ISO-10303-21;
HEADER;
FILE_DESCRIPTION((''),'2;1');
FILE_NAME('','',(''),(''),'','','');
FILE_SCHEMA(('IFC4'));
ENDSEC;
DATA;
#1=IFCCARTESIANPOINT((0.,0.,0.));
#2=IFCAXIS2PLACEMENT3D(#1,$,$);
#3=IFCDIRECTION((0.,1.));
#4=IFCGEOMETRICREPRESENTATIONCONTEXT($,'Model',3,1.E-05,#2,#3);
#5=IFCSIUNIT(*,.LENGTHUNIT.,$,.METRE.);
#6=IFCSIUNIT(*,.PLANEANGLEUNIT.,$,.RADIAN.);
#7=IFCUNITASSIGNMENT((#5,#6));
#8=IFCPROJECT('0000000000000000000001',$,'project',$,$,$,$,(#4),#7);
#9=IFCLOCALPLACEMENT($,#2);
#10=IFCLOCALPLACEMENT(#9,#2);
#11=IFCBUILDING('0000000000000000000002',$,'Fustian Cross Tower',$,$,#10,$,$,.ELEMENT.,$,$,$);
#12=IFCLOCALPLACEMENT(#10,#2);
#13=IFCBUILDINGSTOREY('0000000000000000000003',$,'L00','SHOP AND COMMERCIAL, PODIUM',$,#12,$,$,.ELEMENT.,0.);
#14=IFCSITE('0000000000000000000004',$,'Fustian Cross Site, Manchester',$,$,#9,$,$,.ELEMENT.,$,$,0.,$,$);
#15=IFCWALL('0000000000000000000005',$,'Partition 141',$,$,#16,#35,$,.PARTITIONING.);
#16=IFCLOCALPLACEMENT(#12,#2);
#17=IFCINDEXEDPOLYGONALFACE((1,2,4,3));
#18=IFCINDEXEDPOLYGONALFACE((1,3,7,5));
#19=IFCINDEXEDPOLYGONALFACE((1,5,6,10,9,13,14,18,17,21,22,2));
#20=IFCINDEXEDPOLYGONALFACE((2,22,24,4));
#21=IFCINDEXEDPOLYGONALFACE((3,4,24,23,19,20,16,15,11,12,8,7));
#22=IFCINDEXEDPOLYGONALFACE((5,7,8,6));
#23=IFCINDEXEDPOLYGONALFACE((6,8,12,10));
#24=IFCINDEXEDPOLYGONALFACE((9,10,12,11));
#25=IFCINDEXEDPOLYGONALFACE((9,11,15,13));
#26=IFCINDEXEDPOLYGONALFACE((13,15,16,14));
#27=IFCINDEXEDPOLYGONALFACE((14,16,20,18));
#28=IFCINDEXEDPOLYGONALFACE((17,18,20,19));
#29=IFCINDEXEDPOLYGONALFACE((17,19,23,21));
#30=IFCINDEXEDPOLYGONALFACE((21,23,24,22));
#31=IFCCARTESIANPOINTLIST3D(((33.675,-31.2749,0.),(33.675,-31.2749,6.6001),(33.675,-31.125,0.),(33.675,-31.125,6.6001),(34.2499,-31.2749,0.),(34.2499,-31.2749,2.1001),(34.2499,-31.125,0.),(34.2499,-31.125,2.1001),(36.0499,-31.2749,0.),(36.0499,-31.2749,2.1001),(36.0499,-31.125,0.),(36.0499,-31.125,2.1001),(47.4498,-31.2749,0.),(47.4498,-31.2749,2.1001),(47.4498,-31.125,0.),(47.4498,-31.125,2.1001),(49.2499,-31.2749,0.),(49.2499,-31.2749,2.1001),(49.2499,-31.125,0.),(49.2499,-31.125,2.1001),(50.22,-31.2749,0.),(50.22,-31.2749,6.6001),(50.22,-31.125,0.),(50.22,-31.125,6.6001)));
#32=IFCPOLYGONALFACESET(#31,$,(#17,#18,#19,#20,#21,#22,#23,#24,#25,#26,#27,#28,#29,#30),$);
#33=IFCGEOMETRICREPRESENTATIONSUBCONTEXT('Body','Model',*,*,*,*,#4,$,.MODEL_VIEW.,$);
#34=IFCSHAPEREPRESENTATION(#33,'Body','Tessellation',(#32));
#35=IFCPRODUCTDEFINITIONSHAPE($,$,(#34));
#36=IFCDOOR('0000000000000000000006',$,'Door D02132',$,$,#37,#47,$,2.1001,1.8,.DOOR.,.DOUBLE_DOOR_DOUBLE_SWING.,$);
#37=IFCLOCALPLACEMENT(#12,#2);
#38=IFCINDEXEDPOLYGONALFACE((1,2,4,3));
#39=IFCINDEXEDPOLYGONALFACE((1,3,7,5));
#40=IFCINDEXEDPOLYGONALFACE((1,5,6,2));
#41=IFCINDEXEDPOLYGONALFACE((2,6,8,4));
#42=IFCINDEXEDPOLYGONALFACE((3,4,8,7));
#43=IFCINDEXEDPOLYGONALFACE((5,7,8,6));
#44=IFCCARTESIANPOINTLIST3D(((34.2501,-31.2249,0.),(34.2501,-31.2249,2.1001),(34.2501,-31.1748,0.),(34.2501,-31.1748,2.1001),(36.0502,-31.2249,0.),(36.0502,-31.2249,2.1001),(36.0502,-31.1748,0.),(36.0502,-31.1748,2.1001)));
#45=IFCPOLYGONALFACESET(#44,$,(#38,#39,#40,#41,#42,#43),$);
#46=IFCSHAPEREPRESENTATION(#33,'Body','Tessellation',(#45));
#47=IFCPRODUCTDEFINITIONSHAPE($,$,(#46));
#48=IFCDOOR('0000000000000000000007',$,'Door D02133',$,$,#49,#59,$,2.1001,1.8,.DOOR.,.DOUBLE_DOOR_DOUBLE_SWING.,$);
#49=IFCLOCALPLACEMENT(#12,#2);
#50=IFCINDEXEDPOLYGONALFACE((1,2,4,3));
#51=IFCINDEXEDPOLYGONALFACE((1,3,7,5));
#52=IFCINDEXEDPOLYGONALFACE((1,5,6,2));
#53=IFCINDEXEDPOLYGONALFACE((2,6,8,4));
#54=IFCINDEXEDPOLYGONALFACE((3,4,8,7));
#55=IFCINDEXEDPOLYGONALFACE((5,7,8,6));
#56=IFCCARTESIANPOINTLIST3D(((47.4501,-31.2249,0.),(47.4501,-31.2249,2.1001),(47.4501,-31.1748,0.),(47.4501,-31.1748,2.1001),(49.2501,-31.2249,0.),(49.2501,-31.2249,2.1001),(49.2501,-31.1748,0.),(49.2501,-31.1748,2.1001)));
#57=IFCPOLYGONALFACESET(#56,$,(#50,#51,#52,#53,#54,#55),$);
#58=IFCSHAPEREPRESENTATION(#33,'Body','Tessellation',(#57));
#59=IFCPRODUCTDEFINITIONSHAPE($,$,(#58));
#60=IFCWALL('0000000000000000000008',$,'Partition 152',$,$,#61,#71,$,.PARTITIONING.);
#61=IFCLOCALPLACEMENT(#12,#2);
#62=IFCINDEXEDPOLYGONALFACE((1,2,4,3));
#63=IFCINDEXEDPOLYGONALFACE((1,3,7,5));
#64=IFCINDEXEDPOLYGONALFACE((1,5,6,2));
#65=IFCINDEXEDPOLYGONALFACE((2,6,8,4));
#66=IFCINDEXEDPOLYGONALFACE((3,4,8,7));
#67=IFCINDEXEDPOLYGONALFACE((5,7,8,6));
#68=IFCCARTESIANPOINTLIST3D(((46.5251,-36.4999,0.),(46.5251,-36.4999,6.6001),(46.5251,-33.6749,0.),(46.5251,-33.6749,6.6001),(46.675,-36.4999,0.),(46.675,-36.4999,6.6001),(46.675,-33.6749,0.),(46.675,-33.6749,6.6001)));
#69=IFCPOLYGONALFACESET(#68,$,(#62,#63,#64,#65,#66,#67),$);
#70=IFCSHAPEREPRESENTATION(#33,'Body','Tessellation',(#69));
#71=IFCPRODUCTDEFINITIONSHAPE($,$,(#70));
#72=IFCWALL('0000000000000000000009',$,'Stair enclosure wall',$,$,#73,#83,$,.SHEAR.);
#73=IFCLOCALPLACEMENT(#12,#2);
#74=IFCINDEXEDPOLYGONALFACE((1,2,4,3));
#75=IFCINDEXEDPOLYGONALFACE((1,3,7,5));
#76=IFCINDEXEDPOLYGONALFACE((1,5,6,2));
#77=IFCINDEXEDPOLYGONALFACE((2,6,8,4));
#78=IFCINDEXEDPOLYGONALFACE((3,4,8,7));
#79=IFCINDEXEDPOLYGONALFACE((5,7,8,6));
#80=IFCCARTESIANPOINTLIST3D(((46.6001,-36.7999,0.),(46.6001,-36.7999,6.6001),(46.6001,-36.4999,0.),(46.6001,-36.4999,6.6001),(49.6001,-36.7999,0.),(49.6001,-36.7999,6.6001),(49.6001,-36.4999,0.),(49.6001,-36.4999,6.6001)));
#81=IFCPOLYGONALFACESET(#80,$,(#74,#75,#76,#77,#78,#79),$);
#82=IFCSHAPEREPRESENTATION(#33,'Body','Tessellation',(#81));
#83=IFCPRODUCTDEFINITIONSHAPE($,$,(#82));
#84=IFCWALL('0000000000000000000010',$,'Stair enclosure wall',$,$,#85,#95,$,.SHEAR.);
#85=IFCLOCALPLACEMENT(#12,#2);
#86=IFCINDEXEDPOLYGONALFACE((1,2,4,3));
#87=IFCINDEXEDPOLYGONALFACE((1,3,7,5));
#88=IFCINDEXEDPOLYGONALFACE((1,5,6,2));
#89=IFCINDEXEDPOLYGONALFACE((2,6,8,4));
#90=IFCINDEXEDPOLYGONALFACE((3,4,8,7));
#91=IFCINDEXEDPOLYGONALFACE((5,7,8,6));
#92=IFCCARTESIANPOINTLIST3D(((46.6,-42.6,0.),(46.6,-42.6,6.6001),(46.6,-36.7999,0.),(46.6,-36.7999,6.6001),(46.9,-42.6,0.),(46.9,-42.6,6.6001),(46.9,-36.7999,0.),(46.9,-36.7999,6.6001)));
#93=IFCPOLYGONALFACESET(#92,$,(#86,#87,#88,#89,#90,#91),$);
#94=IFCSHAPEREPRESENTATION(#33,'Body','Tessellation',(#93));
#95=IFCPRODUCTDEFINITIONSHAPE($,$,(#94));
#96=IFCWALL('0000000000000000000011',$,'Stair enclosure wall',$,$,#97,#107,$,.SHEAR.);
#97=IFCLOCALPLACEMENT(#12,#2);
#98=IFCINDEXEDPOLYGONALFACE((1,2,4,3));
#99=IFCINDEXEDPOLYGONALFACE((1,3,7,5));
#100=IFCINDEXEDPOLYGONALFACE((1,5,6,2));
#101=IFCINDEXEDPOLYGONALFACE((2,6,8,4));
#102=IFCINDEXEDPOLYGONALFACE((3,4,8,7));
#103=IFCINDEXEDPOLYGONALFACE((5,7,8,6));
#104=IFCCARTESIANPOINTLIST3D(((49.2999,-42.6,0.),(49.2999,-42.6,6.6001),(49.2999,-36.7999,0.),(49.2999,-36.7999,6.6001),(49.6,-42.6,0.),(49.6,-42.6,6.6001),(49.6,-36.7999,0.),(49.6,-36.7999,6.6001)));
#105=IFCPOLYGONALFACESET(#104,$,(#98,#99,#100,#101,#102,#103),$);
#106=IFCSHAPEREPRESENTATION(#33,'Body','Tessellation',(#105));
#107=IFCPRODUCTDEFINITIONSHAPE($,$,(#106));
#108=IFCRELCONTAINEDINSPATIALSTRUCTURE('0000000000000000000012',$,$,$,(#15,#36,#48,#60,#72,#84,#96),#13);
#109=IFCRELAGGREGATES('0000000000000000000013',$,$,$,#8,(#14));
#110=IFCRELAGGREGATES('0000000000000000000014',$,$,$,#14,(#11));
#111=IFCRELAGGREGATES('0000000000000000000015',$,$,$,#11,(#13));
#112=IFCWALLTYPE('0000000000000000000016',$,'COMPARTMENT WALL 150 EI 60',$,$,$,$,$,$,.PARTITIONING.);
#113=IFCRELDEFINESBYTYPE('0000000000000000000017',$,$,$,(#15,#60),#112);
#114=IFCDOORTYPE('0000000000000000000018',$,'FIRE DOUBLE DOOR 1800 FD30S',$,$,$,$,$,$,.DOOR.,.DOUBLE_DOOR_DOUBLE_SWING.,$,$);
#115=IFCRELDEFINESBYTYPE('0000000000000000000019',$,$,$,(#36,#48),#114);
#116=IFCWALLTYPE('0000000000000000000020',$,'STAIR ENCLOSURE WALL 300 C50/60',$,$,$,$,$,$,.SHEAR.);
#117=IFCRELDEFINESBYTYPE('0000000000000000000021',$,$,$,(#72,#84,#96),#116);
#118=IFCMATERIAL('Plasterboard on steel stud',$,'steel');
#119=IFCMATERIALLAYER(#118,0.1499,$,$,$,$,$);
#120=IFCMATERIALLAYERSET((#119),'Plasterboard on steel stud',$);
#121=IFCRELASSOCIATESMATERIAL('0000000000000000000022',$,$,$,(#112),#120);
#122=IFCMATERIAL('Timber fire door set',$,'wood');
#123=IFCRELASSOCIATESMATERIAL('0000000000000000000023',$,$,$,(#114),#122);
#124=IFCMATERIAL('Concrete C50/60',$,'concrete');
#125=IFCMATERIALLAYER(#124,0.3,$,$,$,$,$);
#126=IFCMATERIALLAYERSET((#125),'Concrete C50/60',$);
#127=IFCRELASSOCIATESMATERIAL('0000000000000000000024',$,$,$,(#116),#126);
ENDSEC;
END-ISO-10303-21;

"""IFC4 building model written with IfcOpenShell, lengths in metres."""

from ifc_helpers import new_model, si_unit, direction, frame, frame_2d, origin, place, context, subcontext, project, spatial, rectangle, extrude, material, layer, layer_set, type_object, element, fill, save


model = new_model("IFC4")

# Units and contexts
model_context = context("Model", 3, precision=1e-05, world=origin(), true_north=direction((0.0, 1.0)))
body_context = subcontext(model_context, "Body", "Model", "MODEL_VIEW")
ifc_project = project(units=[si_unit("LENGTHUNIT", "METRE"), si_unit("PLANEANGLEUNIT", "RADIAN")], contexts=[model_context])

# Site, building, storey
site_placement = place(None, origin())
site = spatial("IfcSite", under=ifc_project, at=site_placement, Name="Fustian Cross Site, Manchester", CompositionType="ELEMENT", RefElevation=0.0)
building_placement = place(site_placement, origin())
building = spatial("IfcBuilding", under=site, at=building_placement, Name="Fustian Cross Tower", CompositionType="ELEMENT")
storey_placement = place(building_placement, origin())
storey = spatial("IfcBuildingStorey", under=building, at=storey_placement, Name="L00", Description="SHOP AND COMMERCIAL, PODIUM", CompositionType="ELEMENT", Elevation=0.0)

# Shared definitions
ifc_material_1 = material(Name="Plasterboard on steel stud", Category="steel")
ifc_layer_1 = layer(ifc_material_1, 0.1499)
ifc_layer_set_1 = layer_set([ifc_layer_1], Name="Plasterboard on steel stud")
wall_type_1 = type_object("IfcWallType", Name="COMPARTMENT WALL 150 EI 60", PredefinedType="PARTITIONING", material=ifc_layer_set_1)

# Wall, openings, doors
ifc_material_2 = material(Name="Timber fire door set", Category="wood")
door_type = type_object("IfcDoorType", Name="FIRE DOUBLE DOOR 1800 FD30S", OperationType="DOUBLE_DOOR_DOUBLE_SWING", PredefinedType="DOOR", material=ifc_material_2)
wall_1_placement = place(storey_placement, frame((33.675, -31.2, 0.0), z_axis=(0.0, 0.0, 1.0), x_axis=(1.0, 0.0, 0.0)))
wall_1 = element("IfcWall", 1, at=wall_1_placement, inside=storey, type_object=wall_type_1, Name="Partition 141", PredefinedType="PARTITIONING", context=body_context, shape_type="SweptSolid", body=[
    extrude(rectangle(XDim=16.5449, YDim=0.1499, at=frame_2d((8.2725, 0.0))), origin(), (0.0, 0.0, 1.0), 6.6001),
])
opening_1_placement = place(wall_1_placement, frame((0.575, 0.0, 0.0)))
opening_1 = element("IfcOpeningElement", 2, at=opening_1_placement, cuts=wall_1, PredefinedType="OPENING", context=body_context, shape_type="SweptSolid", body=[
    extrude(rectangle(XDim=1.8, YDim=2.1001, at=frame_2d((0.8999, 1.05))), frame((0.0, 0.085, 0.0), z_axis=(0.0, -1.0, 0.0), x_axis=(1.0, 0.0, 0.0)), (0.0, 0.0, 1.0), 0.1699),
])
opening_2_placement = place(wall_1_placement, frame((13.7749, 0.0, 0.0)))
opening_2 = element("IfcOpeningElement", 3, at=opening_2_placement, cuts=wall_1, PredefinedType="OPENING", context=body_context, shape_type="SweptSolid", body=[
    extrude(rectangle(XDim=1.8, YDim=2.1001, at=frame_2d((0.8999, 1.05))), frame((0.0, 0.085, 0.0), z_axis=(0.0, -1.0, 0.0), x_axis=(1.0, 0.0, 0.0)), (0.0, 0.0, 1.0), 0.1699),
])
door_1_placement = place(opening_1_placement, frame((1.8, 0.0, 0.0), z_axis=(0.0, 0.0, 1.0), x_axis=(-1.0, 0.0, 0.0)))
door_1 = element("IfcDoor", 4, at=door_1_placement, inside=storey, type_object=door_type, Name="Door D02132", OperationType="DOUBLE_DOOR_DOUBLE_SWING", OverallHeight=2.1001, OverallWidth=1.8, PredefinedType="DOOR", context=body_context, shape_type="SweptSolid", body=[
    extrude(rectangle(XDim=1.8, YDim=2.1001, at=frame_2d((0.8999, 1.05))), frame((0.0, 0.0249, 0.0), z_axis=(0.0, -1.0, 0.0), x_axis=(1.0, 0.0, 0.0)), (0.0, 0.0, 1.0), 0.05),
])
fill(opening_1, door_1)
door_2_placement = place(opening_2_placement, frame((1.8, 0.0, 0.0), z_axis=(0.0, 0.0, 1.0), x_axis=(-1.0, 0.0, 0.0)))
door_2 = element("IfcDoor", 5, at=door_2_placement, inside=storey, type_object=door_type, Name="Door D02133", OperationType="DOUBLE_DOOR_DOUBLE_SWING", OverallHeight=2.1001, OverallWidth=1.8, PredefinedType="DOOR", context=body_context, shape_type="SweptSolid", body=[
    extrude(rectangle(XDim=1.8, YDim=2.1001, at=frame_2d((0.8999, 1.05))), frame((0.0, 0.0249, 0.0), z_axis=(0.0, -1.0, 0.0), x_axis=(1.0, 0.0, 0.0)), (0.0, 0.0, 1.0), 0.05),
])
fill(opening_2, door_2)

# Walls
wall_2_placement = place(storey_placement, frame((46.6001, -36.5, 0.0), z_axis=(0.0, 0.0, 1.0), x_axis=(0.0, 1.0, 0.0)))
element("IfcWall", 6, at=wall_2_placement, inside=storey, type_object=wall_type_1, Name="Partition 152", PredefinedType="PARTITIONING", context=body_context, shape_type="SweptSolid", body=[
    extrude(rectangle(XDim=2.825, YDim=0.1499, at=frame_2d((1.4126, 0.0))), origin(), (0.0, 0.0, 1.0), 6.6001),
])
ifc_material_3 = material(Name="Concrete C50/60", Category="concrete")
ifc_layer_2 = layer(ifc_material_3, 0.3)
ifc_layer_set_2 = layer_set([ifc_layer_2], Name="Concrete C50/60")
wall_type_2 = type_object("IfcWallType", Name="STAIR ENCLOSURE WALL 300 C50/60", PredefinedType="SHEAR", material=ifc_layer_set_2)
wall_3_placement = place(storey_placement, frame((46.6001, -36.6499, 0.0), z_axis=(0.0, 0.0, 1.0), x_axis=(1.0, 0.0, 0.0)))
element("IfcWall", 7, at=wall_3_placement, inside=storey, type_object=wall_type_2, Name="Stair enclosure wall", PredefinedType="SHEAR", context=body_context, shape_type="SweptSolid", body=[
    extrude(rectangle(XDim=3.0, YDim=0.3, at=frame_2d((1.5, 0.0))), origin(), (0.0, 0.0, 1.0), 6.6001),
])
for number, where, z_axis, x_axis, name in (
    (8, (46.75, -36.8, 0.0), (0.0, 0.0, 1.0), (0.0, -1.0, 0.0), "Stair enclosure wall"),
    (9, (49.45, -36.8, 0.0), (0.0, 0.0, 1.0), (0.0, -1.0, 0.0), "Stair enclosure wall"),
):
    element("IfcWall", number, at=place(storey_placement, frame(where, z_axis=z_axis, x_axis=x_axis)), inside=storey, type_object=wall_type_2, Name=name, PredefinedType="SHEAR", context=body_context, shape_type="SweptSolid", body=[
        extrude(rectangle(XDim=5.8, YDim=0.3, at=frame_2d((2.8999, 0.0))), origin(), (0.0, 0.0, 1.0), 6.6001),
    ])

save(model, "model.ifc")
